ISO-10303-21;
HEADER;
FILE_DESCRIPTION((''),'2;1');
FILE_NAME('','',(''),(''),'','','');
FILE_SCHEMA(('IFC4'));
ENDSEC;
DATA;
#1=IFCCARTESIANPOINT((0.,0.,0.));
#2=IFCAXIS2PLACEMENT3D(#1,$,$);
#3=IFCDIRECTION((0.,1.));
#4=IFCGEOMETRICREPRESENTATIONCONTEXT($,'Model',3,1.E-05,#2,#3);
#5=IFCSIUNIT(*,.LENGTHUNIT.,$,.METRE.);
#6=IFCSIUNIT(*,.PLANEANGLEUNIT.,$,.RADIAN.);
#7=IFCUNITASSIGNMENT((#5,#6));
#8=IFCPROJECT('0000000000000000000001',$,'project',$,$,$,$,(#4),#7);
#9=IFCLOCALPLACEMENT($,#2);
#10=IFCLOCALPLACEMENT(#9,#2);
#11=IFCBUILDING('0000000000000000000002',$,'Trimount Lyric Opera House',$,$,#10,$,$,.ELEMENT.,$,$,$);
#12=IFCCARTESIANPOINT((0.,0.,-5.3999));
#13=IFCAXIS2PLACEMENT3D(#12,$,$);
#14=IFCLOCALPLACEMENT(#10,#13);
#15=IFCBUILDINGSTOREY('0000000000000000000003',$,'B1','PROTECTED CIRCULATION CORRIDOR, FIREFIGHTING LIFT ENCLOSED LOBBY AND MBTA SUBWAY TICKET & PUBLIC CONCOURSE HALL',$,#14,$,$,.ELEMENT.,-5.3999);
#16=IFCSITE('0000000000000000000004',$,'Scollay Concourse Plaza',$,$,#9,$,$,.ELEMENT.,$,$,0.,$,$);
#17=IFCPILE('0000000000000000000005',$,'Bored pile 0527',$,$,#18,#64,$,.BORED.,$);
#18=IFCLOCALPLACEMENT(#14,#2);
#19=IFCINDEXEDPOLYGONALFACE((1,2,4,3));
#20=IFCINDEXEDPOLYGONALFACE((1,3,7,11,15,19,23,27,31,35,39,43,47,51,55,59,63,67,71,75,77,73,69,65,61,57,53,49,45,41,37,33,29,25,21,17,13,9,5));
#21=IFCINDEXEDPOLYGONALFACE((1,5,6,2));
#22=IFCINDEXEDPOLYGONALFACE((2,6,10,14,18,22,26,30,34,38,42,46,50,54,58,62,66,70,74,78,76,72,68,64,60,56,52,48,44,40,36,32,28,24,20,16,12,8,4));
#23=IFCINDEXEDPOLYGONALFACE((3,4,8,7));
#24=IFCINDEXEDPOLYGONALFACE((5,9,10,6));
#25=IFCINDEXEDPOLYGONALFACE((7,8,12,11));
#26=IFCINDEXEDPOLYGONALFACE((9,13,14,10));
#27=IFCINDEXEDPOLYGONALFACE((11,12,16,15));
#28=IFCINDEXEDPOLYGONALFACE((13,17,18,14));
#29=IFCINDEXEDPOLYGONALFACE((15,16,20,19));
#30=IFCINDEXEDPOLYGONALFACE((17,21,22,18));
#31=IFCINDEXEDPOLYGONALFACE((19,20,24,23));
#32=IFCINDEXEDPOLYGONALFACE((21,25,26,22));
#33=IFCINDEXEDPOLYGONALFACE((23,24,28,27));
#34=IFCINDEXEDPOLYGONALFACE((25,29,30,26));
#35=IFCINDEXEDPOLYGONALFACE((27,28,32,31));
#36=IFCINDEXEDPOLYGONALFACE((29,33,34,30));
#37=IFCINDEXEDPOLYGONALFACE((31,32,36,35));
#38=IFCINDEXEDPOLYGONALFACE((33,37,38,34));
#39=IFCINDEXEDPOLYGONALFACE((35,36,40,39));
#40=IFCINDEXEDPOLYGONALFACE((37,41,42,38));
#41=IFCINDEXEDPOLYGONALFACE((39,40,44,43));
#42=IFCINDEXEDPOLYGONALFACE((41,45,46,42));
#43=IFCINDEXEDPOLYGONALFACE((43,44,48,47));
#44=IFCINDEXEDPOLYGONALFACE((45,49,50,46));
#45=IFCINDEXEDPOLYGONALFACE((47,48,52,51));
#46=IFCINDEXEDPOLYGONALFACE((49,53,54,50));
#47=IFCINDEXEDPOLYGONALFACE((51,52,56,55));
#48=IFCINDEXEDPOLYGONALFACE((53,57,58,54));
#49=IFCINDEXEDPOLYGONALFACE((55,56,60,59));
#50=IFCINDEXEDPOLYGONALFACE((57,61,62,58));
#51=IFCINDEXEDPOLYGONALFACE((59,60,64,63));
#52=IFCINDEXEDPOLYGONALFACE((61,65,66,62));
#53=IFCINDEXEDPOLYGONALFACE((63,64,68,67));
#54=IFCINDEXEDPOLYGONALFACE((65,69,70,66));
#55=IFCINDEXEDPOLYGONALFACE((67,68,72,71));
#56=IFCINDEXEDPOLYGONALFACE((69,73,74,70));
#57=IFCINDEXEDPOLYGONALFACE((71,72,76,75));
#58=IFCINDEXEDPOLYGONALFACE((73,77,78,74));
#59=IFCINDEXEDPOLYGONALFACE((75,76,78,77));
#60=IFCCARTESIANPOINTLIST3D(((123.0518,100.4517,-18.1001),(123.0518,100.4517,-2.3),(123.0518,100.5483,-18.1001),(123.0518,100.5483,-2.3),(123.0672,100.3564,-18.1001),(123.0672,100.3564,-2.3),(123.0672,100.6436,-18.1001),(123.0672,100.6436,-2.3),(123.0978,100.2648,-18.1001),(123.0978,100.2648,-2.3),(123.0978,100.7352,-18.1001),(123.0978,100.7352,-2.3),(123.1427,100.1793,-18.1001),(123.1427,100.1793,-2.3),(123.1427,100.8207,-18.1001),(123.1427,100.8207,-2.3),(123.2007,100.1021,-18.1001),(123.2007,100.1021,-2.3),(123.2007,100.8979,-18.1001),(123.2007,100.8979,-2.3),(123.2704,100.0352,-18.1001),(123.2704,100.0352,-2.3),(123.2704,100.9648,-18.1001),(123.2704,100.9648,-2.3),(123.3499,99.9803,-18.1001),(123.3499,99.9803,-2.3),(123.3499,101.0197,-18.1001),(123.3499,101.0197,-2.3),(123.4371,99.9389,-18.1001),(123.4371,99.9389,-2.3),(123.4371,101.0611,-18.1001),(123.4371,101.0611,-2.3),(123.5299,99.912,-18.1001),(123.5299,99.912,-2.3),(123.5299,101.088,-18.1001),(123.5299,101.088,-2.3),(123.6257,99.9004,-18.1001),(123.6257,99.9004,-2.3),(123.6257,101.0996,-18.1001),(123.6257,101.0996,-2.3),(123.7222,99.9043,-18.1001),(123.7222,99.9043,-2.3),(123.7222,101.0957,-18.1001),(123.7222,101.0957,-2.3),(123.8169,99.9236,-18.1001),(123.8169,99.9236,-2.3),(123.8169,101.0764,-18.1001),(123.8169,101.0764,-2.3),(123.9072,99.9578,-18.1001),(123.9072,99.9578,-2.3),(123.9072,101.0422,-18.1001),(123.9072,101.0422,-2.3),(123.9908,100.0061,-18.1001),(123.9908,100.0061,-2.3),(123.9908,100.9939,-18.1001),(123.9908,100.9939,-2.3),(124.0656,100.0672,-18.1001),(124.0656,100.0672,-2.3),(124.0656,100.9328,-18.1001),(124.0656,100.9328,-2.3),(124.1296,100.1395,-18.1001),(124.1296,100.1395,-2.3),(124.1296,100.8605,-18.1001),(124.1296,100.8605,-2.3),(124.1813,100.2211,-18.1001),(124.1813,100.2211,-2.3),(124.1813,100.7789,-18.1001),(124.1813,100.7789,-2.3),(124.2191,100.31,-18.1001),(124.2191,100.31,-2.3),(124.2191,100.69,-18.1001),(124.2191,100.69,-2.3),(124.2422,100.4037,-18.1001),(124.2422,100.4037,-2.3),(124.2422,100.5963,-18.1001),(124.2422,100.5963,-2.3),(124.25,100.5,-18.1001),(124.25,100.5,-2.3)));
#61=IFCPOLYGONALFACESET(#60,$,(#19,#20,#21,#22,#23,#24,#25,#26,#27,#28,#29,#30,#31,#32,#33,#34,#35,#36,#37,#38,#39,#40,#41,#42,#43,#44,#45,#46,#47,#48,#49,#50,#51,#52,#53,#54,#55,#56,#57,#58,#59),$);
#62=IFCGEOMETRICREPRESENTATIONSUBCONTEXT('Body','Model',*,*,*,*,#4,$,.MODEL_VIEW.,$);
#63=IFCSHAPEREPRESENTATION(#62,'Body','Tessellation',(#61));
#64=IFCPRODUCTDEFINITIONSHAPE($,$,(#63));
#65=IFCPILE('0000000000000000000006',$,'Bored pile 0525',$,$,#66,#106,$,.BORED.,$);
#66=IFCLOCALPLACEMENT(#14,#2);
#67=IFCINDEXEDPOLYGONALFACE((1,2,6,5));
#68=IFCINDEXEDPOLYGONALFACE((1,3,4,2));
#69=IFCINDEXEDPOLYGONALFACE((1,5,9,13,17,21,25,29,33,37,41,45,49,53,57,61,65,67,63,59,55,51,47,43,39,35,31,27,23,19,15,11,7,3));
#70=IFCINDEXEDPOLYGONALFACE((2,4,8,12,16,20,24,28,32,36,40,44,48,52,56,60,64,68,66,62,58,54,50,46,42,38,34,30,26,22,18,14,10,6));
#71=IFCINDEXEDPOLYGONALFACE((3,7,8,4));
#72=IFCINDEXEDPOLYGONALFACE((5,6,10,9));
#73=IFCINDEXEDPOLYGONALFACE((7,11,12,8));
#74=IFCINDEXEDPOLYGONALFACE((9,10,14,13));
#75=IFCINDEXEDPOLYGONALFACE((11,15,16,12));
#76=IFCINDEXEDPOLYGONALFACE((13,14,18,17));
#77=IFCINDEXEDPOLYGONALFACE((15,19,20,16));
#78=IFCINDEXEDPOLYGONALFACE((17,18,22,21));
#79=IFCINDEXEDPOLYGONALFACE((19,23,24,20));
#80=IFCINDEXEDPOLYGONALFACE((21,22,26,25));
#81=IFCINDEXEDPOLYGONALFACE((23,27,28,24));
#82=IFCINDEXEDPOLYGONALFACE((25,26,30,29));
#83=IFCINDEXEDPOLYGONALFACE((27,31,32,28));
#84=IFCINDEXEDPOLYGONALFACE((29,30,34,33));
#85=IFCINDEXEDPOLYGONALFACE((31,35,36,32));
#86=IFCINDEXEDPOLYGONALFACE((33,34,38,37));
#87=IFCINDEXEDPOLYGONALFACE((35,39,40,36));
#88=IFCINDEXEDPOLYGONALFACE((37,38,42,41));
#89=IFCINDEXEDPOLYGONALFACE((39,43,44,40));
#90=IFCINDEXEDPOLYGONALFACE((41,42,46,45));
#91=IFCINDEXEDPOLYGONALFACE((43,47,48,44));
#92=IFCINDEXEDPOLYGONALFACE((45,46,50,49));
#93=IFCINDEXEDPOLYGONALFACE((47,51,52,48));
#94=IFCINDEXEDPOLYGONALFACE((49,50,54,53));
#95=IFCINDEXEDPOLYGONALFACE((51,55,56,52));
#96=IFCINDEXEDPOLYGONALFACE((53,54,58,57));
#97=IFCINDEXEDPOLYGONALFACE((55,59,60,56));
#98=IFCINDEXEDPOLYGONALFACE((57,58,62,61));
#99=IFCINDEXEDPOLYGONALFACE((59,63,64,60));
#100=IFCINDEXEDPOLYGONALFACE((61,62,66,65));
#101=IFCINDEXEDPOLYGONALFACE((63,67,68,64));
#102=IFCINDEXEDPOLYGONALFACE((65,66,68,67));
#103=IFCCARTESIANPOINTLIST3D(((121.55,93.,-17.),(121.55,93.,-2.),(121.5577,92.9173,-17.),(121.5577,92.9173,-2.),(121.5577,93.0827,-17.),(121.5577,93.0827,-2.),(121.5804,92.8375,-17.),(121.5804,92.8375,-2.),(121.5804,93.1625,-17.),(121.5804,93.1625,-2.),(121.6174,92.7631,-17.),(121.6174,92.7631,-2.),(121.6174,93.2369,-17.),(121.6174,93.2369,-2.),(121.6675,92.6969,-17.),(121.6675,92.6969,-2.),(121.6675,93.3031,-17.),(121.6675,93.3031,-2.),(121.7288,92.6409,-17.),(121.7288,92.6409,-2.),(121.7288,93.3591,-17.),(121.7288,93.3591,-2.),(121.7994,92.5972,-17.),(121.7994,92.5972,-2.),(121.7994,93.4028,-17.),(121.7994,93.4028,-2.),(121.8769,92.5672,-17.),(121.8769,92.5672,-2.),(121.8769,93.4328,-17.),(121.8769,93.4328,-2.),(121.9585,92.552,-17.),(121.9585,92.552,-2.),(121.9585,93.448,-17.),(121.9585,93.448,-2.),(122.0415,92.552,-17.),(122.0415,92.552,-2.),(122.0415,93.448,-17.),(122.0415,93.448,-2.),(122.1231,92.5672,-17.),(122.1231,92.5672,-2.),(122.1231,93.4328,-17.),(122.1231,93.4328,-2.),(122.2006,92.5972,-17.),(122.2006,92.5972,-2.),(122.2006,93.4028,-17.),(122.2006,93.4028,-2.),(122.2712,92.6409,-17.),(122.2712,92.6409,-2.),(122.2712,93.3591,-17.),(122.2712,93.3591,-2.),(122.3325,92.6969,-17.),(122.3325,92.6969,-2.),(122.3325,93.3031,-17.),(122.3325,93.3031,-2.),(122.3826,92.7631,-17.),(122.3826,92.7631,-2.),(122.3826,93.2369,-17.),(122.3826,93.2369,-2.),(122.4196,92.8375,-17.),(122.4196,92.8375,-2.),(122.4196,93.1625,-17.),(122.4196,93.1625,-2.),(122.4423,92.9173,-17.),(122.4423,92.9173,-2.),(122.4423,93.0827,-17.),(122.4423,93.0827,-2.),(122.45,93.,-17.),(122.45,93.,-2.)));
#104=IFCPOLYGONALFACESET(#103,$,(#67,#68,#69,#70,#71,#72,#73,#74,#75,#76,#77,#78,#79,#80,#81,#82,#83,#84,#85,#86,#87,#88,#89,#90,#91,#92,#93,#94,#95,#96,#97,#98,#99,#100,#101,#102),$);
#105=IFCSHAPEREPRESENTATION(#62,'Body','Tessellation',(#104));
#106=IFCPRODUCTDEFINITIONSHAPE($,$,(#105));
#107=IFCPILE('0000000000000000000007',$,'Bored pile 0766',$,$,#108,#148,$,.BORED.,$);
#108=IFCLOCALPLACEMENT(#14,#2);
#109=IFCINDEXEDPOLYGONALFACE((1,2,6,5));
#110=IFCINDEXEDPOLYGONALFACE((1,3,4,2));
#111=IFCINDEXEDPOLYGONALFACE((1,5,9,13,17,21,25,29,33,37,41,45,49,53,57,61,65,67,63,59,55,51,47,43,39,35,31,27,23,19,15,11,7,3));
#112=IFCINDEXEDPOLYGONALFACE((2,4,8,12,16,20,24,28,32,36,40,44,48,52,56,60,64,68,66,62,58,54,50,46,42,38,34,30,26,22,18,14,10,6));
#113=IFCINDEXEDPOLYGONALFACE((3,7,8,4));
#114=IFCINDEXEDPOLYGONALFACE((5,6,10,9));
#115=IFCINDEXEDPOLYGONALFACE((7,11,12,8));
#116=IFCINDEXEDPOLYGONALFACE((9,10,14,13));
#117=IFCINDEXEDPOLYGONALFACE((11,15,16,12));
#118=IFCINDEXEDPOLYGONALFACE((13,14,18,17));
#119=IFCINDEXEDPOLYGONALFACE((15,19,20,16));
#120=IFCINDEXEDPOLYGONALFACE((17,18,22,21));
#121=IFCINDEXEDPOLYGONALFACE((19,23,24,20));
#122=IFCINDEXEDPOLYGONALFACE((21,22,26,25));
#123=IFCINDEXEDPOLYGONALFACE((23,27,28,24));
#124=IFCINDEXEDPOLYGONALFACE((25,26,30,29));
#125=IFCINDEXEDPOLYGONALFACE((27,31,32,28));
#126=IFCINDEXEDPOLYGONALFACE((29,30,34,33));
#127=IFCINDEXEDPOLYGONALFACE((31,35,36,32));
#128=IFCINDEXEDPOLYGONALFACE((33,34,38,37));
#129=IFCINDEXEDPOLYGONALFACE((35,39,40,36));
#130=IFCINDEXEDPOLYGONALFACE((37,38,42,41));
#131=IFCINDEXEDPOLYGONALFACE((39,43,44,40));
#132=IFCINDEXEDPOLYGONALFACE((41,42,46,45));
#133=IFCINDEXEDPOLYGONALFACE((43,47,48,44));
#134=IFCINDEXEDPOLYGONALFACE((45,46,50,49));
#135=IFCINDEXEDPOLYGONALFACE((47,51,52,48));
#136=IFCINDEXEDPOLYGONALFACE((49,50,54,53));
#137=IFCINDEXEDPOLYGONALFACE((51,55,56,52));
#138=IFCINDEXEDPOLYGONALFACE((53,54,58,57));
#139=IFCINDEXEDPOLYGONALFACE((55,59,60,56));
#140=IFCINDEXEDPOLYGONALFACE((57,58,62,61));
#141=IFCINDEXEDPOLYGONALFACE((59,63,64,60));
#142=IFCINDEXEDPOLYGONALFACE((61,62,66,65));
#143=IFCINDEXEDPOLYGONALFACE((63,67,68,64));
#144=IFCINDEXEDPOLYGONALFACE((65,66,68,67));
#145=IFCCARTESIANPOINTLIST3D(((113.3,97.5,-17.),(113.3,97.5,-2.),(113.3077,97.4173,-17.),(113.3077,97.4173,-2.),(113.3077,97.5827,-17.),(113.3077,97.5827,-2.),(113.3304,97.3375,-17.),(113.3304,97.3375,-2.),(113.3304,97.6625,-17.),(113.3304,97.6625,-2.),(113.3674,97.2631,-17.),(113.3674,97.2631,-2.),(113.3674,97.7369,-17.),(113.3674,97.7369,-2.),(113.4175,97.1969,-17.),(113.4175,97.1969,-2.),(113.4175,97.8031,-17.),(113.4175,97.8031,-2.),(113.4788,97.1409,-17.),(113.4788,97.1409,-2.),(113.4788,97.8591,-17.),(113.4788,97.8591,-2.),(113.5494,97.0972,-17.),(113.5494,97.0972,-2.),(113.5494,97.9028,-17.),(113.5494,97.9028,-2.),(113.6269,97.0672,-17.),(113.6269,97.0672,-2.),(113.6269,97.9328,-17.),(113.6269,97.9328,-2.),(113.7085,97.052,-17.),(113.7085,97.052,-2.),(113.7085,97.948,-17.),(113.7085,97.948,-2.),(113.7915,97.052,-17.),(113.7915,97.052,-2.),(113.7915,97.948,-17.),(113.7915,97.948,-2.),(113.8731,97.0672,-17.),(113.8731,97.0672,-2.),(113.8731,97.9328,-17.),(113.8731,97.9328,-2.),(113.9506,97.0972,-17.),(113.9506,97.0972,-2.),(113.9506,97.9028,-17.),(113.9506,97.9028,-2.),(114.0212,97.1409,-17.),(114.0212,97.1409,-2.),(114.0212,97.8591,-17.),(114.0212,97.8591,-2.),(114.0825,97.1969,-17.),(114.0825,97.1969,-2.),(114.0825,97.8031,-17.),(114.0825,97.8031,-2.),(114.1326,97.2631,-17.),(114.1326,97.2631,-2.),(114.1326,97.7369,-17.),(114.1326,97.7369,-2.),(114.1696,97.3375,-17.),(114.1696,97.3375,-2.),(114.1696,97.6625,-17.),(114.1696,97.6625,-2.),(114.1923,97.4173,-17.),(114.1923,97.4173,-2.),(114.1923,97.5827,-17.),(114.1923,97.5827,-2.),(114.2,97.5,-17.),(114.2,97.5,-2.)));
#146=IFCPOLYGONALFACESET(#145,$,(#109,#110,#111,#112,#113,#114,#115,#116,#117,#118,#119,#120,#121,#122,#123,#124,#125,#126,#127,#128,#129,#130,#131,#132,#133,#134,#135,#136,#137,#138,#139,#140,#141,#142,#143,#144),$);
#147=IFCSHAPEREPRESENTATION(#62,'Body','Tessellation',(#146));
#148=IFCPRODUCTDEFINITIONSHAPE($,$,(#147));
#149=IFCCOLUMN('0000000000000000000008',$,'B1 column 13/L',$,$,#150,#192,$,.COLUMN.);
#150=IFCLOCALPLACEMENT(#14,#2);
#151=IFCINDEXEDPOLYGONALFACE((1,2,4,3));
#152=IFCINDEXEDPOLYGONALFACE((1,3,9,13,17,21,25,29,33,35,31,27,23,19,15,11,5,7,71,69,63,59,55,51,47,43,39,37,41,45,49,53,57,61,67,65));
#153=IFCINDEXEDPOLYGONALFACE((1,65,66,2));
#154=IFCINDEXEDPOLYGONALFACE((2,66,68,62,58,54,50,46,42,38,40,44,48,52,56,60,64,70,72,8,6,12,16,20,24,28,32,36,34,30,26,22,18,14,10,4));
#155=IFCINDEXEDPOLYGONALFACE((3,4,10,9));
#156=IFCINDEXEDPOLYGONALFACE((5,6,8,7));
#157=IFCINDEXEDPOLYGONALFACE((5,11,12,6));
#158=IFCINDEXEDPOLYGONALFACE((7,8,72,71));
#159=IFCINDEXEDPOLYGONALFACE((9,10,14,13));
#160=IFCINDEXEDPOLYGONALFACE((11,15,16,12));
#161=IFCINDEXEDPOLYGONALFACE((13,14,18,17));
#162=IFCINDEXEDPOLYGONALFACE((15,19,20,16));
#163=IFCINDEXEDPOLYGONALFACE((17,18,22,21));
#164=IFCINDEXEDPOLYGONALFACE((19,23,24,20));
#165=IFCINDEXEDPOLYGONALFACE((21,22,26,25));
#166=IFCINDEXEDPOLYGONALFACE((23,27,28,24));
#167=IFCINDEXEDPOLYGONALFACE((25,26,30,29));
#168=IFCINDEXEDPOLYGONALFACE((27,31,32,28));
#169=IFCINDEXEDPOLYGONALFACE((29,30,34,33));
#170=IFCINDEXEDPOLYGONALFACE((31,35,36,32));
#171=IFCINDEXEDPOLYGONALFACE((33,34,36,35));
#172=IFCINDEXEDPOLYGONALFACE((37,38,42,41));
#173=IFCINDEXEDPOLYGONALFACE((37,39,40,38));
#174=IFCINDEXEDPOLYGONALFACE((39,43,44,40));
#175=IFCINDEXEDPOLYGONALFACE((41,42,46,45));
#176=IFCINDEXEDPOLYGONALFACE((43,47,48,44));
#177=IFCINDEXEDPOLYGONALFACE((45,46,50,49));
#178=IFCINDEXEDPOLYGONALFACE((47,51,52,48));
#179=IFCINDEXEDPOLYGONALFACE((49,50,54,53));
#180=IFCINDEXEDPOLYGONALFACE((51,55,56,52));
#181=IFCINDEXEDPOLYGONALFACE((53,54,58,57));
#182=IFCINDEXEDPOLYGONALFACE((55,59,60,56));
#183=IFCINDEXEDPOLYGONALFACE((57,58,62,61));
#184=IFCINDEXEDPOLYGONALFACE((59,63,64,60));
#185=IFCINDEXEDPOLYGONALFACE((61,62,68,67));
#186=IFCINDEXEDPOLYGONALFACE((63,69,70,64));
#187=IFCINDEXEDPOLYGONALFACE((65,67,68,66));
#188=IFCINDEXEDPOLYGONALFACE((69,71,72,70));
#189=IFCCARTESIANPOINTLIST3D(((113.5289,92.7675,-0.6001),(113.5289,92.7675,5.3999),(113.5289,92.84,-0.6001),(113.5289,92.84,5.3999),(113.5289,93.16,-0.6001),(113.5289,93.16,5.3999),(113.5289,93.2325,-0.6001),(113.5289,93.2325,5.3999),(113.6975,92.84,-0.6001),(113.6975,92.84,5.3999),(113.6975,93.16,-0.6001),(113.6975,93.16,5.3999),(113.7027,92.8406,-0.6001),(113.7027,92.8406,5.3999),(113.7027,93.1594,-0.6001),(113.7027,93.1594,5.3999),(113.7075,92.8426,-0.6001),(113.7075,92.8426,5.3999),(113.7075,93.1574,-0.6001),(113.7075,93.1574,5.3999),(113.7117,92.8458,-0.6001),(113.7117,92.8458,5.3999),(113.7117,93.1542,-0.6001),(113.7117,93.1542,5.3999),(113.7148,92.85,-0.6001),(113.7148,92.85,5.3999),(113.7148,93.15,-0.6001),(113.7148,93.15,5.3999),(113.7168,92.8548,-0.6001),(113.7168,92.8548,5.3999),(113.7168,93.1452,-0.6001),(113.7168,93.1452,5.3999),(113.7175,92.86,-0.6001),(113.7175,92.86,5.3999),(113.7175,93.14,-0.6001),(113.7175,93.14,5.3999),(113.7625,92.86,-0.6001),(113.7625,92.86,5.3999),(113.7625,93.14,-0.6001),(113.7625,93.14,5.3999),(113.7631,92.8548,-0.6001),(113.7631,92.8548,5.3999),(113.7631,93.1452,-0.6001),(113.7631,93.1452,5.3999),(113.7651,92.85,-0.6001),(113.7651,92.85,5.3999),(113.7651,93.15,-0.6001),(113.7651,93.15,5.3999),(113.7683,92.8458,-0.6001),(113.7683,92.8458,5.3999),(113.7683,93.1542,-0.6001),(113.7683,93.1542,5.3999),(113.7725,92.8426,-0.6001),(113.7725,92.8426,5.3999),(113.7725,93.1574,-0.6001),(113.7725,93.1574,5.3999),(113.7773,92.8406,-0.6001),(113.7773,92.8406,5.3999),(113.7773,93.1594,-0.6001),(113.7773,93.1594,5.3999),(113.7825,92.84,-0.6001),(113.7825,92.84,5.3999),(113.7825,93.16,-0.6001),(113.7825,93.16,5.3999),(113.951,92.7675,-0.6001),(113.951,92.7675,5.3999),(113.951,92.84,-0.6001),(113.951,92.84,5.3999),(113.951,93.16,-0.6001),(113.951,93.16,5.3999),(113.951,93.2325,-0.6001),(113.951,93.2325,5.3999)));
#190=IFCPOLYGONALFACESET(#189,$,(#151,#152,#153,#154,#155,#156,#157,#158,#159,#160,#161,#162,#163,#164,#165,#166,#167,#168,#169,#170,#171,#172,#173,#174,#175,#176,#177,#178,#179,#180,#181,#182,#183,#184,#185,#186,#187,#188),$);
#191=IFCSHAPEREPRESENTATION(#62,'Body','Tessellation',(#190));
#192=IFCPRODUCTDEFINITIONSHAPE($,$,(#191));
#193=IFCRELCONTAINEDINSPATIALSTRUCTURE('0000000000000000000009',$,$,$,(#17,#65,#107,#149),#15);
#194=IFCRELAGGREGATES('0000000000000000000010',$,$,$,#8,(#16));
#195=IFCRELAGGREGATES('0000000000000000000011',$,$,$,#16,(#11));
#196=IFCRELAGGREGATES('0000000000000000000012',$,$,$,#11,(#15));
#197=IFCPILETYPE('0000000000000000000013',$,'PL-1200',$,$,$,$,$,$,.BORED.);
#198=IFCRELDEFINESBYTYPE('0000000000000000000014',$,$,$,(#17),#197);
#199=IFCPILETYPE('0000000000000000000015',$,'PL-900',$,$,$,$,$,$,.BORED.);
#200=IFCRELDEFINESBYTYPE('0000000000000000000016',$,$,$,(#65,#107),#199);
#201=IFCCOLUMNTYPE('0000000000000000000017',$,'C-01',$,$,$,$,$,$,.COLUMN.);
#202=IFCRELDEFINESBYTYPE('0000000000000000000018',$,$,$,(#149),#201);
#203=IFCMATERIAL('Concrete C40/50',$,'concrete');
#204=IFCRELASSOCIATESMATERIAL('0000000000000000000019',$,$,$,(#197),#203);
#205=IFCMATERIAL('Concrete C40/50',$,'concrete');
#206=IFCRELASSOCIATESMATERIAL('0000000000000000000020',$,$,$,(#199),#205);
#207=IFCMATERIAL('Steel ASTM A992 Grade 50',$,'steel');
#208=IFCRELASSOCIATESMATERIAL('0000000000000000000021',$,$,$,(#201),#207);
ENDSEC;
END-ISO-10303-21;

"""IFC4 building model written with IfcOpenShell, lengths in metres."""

from ifc_helpers import new_model, si_unit, direction, frame, origin, origin_2d, place, context, subcontext, project, spatial, circle, i_section, extrude, material, material_profile, profile_set, type_object, element, save


model = new_model("IFC4")

# Units and contexts
model_context = context("Model", 3, precision=1e-05, world=origin(), true_north=direction((0.0, 1.0)))
body_context = subcontext(model_context, "Body", "Model", "MODEL_VIEW")
ifc_project = project(units=[si_unit("LENGTHUNIT", "METRE"), si_unit("PLANEANGLEUNIT", "RADIAN")], contexts=[model_context])

# Site, building, storey
site_placement = place(None, origin())
site = spatial("IfcSite", under=ifc_project, at=site_placement, Name="Scollay Concourse Plaza", CompositionType="ELEMENT", RefElevation=0.0)
building_placement = place(site_placement, origin())
building = spatial("IfcBuilding", under=site, at=building_placement, Name="Trimount Lyric Opera House", CompositionType="ELEMENT")
storey_placement = place(building_placement, frame((0.0, 0.0, -5.3999)))
storey = spatial("IfcBuildingStorey", under=building, at=storey_placement, Name="B1", Description="PROTECTED CIRCULATION CORRIDOR, FIREFIGHTING LIFT ENCLOSED LOBBY AND MBTA SUBWAY TICKET & PUBLIC CONCOURSE HALL", CompositionType="ELEMENT", Elevation=-5.3999)

# Piles
ifc_material_1 = material(Name="Concrete C40/50", Category="concrete")
ifc_material_profile_1 = material_profile(ifc_material_1, circle(Radius=0.6001, at=origin_2d()), Name="PILE-D1200")
ifc_profile_set_1 = profile_set([ifc_material_profile_1], Name="Concrete C40/50")
pile_type_1 = type_object("IfcPileType", Name="PL-1200", PredefinedType="BORED", material=ifc_profile_set_1)
for number, where, z_axis, x_axis, name in (
    (1, (123.6499, 100.5, -2.3), (0.0, 0.0, -1.0), (1.0, 0.0, 0.0), "Bored pile 0527"),
):
    element("IfcPile", number, at=place(storey_placement, frame(where, z_axis=z_axis, x_axis=x_axis)), inside=storey, type_object=pile_type_1, Name=name, PredefinedType="BORED", context=body_context, shape_type="SweptSolid", body=[
        extrude(circle(Radius=0.6001, at=origin_2d()), origin(), (0.0, 0.0, 1.0), 15.8),
    ])
ifc_material_2 = material(Name="Concrete C40/50", Category="concrete")
ifc_material_profile_2 = material_profile(ifc_material_2, circle(Radius=0.45, at=origin_2d()), Name="PILE-D900")
ifc_profile_set_2 = profile_set([ifc_material_profile_2], Name="Concrete C40/50")
pile_type_2 = type_object("IfcPileType", Name="PL-900", PredefinedType="BORED", material=ifc_profile_set_2)
for number, where, z_axis, x_axis, name in (
    (2, (122.0, 93.0, -2.0), (0.0, 0.0, -1.0), (1.0, 0.0, 0.0), "Bored pile 0525"),
    (3, (113.75, 97.5, -2.0), (0.0, 0.0, -1.0), (1.0, 0.0, 0.0), "Bored pile 0766"),
):
    element("IfcPile", number, at=place(storey_placement, frame(where, z_axis=z_axis, x_axis=x_axis)), inside=storey, type_object=pile_type_2, Name=name, PredefinedType="BORED", context=body_context, shape_type="SweptSolid", body=[
        extrude(circle(Radius=0.45, at=origin_2d()), origin(), (0.0, 0.0, 1.0), 15.0),
    ])

# Column
ifc_material_3 = material(Name="Steel ASTM A992 Grade 50", Category="steel")
ifc_material_profile_3 = material_profile(ifc_material_3, i_section(OverallWidth=0.4221, OverallDepth=0.4651, WebThickness=0.0449, FlangeThickness=0.0725, FilletRadius=0.02, at=origin_2d()), Name="W14X398")
ifc_profile_set_3 = profile_set([ifc_material_profile_3], Name="Steel ASTM A992 Grade 50")
column_type_1 = type_object("IfcColumnType", Name="C-01", PredefinedType="COLUMN", material=ifc_profile_set_3)
column_1_placement = place(storey_placement, frame((113.74, 93.0, -0.6001), z_axis=(0.0, 0.0, 1.0), x_axis=(1.0, 0.0, 0.0)))
element("IfcColumn", 4, at=column_1_placement, inside=storey, type_object=column_type_1, Name="B1 column 13/L", PredefinedType="COLUMN", context=body_context, shape_type="SweptSolid", body=[
    extrude(i_section(OverallWidth=0.4221, OverallDepth=0.4651, WebThickness=0.0449, FlangeThickness=0.0725, FilletRadius=0.02, at=origin_2d()), origin(), (0.0, 0.0, 1.0), 6.0),
])

save(model, "model.ifc")
